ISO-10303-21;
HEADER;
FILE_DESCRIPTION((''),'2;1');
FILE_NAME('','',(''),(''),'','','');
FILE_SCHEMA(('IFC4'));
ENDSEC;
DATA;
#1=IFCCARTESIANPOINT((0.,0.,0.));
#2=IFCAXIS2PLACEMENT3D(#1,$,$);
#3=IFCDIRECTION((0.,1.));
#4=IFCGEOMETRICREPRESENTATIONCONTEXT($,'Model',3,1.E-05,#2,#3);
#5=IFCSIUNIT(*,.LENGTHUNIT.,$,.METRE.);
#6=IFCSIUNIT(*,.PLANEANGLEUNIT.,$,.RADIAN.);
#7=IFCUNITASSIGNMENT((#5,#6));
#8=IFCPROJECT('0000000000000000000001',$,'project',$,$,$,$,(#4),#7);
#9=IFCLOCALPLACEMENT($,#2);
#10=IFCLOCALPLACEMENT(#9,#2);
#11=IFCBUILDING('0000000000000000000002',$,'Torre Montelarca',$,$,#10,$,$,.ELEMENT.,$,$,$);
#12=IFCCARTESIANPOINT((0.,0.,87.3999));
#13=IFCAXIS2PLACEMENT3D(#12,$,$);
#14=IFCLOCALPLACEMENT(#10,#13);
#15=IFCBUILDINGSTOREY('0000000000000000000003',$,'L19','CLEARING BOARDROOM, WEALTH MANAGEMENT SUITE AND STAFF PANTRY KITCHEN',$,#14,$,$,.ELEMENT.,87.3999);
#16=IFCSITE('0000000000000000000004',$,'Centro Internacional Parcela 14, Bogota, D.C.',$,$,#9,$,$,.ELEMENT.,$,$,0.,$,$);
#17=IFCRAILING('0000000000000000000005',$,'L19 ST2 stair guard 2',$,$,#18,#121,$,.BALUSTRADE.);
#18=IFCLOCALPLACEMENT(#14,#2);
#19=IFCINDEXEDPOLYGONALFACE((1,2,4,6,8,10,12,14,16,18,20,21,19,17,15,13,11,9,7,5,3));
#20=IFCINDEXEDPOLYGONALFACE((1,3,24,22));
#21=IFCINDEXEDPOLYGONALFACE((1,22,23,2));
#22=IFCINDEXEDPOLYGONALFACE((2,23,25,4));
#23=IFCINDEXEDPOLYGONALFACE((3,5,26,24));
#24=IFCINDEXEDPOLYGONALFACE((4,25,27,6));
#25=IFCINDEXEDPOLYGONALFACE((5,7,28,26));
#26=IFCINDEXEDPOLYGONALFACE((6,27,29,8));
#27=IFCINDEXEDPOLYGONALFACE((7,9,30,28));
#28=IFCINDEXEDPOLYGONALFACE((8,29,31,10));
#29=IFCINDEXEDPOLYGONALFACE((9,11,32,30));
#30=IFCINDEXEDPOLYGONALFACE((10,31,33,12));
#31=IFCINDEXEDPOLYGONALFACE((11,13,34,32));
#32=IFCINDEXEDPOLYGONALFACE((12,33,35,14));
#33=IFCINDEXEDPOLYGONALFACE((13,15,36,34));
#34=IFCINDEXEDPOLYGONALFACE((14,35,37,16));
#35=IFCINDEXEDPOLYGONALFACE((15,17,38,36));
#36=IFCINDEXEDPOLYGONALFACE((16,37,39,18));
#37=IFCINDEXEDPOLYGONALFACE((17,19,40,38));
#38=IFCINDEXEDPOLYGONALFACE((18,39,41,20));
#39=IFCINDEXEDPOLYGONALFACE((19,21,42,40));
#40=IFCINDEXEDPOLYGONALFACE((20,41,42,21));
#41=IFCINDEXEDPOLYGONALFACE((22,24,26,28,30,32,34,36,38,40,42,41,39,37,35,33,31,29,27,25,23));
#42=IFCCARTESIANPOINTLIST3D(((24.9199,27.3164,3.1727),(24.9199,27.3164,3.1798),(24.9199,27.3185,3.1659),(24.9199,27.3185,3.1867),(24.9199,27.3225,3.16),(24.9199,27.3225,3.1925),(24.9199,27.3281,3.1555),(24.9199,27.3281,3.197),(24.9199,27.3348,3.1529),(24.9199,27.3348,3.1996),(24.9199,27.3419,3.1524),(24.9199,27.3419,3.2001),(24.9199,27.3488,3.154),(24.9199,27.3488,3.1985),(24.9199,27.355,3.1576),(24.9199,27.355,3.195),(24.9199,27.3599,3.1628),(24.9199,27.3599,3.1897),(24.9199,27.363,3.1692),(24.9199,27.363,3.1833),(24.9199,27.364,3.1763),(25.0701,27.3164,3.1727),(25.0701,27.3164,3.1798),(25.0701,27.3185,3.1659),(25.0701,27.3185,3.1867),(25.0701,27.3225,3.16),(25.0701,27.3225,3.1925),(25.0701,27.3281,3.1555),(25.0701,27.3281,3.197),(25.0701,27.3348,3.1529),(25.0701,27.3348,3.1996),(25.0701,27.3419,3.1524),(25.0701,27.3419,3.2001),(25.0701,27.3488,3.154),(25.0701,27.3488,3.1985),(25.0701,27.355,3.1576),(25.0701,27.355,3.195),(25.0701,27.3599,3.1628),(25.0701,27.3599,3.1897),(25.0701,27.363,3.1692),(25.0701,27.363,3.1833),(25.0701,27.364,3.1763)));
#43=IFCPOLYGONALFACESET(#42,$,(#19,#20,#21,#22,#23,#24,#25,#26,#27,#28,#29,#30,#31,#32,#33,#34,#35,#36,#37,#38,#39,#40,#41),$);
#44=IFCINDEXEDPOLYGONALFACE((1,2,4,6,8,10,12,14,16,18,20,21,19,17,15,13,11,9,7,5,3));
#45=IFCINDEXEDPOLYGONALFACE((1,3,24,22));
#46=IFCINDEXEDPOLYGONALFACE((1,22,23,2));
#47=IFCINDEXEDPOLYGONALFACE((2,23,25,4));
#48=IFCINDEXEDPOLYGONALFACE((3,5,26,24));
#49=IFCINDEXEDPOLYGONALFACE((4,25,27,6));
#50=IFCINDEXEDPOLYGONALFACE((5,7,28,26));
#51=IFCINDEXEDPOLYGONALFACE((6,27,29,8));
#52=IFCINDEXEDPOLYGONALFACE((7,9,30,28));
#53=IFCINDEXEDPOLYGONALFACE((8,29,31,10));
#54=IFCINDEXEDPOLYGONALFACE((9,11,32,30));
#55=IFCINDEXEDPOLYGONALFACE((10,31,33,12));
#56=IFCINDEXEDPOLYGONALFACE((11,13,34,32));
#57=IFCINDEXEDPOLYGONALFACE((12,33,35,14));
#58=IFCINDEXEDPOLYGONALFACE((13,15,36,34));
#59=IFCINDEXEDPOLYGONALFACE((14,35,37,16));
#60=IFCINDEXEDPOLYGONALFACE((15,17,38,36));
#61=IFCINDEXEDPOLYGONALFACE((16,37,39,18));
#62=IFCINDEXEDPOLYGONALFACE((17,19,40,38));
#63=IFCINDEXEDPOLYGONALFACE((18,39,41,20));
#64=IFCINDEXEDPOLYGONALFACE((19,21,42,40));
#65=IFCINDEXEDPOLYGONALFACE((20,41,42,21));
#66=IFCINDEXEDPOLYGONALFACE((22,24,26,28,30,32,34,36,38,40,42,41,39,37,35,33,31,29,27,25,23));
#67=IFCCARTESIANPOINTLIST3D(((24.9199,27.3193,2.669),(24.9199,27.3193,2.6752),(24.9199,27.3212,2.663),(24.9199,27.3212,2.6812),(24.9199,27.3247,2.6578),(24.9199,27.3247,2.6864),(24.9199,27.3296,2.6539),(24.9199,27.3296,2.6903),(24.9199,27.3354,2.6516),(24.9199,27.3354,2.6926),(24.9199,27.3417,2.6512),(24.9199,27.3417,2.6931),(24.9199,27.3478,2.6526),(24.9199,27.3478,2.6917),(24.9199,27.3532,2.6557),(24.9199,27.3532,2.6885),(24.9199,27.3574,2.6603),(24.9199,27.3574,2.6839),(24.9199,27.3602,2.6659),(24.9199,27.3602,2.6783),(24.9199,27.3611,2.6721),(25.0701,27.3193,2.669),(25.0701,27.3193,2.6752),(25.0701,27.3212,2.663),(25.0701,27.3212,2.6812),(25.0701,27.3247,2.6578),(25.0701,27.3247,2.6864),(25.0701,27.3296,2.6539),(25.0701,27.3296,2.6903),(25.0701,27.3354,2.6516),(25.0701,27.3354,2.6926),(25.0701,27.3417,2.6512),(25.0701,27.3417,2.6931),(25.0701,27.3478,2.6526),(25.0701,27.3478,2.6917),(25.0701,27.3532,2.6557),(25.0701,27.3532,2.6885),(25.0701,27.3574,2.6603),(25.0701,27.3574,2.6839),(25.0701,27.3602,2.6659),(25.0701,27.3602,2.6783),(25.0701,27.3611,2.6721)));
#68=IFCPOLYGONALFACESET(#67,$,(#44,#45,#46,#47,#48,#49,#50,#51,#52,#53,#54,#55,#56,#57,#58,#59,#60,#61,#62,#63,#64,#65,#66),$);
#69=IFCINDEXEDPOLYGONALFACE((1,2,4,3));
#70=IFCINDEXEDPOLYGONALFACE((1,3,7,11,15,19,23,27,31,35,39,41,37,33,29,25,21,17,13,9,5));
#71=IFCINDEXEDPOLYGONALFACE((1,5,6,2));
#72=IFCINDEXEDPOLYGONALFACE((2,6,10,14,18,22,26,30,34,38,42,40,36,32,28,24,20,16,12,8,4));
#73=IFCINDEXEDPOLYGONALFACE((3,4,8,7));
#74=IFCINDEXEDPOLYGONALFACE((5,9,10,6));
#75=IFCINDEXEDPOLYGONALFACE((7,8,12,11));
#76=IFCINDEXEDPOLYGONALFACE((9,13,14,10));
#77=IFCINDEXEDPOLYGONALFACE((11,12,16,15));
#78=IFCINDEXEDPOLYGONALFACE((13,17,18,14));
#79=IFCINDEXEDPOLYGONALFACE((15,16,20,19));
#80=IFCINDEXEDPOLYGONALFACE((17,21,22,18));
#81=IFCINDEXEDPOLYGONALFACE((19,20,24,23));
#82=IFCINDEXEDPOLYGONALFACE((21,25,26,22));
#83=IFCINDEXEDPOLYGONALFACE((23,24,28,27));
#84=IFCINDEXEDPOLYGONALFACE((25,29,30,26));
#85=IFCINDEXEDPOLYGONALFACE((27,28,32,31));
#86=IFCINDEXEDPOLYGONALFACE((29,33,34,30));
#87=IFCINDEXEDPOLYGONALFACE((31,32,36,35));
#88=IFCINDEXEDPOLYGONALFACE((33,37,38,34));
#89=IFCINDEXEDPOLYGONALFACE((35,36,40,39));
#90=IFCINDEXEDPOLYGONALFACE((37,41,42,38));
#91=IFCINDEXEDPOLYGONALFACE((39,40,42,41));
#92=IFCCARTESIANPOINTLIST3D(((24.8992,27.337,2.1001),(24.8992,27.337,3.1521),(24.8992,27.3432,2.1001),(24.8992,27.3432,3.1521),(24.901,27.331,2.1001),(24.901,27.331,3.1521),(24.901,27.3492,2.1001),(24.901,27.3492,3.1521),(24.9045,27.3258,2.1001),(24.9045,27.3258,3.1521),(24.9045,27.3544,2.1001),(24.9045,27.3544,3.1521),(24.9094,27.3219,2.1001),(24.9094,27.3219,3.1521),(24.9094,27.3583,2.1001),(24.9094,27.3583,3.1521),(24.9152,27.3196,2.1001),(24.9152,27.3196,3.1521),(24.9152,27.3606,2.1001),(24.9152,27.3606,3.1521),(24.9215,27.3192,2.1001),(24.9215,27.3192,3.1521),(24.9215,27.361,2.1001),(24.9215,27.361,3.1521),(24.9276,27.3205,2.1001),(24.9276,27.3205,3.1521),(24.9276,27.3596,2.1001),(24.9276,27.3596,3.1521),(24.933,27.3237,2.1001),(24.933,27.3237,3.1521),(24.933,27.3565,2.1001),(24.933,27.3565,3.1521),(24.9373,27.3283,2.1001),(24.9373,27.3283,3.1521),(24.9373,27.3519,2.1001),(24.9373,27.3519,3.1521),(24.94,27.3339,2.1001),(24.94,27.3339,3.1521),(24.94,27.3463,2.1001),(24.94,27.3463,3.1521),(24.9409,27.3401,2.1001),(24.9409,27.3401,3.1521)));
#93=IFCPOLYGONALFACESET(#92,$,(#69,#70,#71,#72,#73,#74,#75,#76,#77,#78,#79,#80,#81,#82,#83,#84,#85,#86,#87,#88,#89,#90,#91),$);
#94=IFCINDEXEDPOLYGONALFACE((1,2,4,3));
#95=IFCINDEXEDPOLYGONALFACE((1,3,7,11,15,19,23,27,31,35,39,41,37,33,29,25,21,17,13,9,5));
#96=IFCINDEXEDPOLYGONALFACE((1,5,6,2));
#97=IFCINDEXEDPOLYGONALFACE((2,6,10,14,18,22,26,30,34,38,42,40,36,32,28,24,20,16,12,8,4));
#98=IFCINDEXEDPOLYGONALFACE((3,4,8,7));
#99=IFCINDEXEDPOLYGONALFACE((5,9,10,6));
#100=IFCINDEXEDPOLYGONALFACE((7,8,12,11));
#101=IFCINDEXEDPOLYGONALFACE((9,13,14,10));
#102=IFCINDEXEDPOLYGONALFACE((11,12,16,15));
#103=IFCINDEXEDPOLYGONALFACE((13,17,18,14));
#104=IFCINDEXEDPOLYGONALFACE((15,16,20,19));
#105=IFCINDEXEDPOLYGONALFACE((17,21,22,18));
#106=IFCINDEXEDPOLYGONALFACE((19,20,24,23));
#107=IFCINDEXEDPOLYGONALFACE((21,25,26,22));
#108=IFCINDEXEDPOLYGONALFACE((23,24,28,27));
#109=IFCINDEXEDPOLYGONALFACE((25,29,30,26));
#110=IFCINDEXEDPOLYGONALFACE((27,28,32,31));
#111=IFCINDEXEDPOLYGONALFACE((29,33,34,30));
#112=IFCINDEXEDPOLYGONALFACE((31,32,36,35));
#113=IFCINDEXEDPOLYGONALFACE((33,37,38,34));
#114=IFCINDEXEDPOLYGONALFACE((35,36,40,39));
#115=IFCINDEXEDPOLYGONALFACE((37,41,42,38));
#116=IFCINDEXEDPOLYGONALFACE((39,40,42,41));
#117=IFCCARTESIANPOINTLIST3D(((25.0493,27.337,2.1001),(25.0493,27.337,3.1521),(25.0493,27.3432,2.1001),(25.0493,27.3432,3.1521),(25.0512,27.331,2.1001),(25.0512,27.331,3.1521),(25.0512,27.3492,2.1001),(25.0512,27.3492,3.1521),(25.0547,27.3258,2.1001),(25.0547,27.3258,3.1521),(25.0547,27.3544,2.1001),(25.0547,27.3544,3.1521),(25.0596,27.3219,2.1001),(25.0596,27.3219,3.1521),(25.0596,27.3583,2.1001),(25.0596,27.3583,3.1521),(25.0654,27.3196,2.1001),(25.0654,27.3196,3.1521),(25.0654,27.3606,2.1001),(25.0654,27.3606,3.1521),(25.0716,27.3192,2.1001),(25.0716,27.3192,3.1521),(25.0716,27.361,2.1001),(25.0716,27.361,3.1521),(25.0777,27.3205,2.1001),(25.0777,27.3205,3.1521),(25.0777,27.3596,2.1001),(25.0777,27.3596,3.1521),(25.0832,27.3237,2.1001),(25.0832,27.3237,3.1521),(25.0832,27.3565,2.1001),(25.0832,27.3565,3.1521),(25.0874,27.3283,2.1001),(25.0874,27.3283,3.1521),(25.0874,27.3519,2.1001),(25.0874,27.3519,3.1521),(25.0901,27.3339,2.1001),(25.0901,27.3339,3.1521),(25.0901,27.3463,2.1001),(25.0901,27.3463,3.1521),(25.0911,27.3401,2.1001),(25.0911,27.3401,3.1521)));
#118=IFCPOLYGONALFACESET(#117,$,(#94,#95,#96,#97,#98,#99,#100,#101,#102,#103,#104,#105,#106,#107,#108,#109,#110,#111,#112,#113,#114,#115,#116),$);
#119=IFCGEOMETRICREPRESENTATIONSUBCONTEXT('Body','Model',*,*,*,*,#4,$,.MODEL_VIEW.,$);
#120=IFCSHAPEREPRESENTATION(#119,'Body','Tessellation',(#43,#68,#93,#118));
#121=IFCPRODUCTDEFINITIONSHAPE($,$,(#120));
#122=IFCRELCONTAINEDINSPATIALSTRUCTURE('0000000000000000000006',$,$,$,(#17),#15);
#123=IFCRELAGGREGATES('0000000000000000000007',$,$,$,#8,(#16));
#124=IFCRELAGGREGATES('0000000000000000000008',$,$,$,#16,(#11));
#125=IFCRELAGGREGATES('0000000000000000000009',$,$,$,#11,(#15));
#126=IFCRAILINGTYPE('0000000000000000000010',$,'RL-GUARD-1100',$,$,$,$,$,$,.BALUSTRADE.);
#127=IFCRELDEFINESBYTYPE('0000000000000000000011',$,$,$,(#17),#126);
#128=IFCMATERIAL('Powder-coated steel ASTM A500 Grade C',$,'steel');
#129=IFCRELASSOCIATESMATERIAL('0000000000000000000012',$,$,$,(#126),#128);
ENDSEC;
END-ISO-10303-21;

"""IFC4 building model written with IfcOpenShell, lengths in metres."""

from ifc_helpers import new_model, si_unit, direction, frame, origin, origin_2d, place, context, subcontext, project, spatial, circle, extrude, material, type_object, element, save


model = new_model("IFC4")

# Units and contexts
model_context = context("Model", 3, precision=1e-05, world=origin(), true_north=direction((0.0, 1.0)))
body_context = subcontext(model_context, "Body", "Model", "MODEL_VIEW")
ifc_project = project(units=[si_unit("LENGTHUNIT", "METRE"), si_unit("PLANEANGLEUNIT", "RADIAN")], contexts=[model_context])

# Site, building, storey
site_placement = place(None, origin())
site = spatial("IfcSite", under=ifc_project, at=site_placement, Name="Centro Internacional Parcela 14, Bogota, D.C.", CompositionType="ELEMENT", RefElevation=0.0)
building_placement = place(site_placement, origin())
building = spatial("IfcBuilding", under=site, at=building_placement, Name="Torre Montelarca", CompositionType="ELEMENT")
storey_placement = place(building_placement, frame((0.0, 0.0, 87.3999)))
storey = spatial("IfcBuildingStorey", under=building, at=storey_placement, Name="L19", Description="CLEARING BOARDROOM, WEALTH MANAGEMENT SUITE AND STAFF PANTRY KITCHEN", CompositionType="ELEMENT", Elevation=87.3999)

# Railing
ifc_material_1 = material(Name="Powder-coated steel ASTM A500 Grade C", Category="steel")
railing_type_1 = type_object("IfcRailingType", Name="RL-GUARD-1100", PredefinedType="BALUSTRADE", material=ifc_material_1)
railing_1_placement = place(storey_placement, frame((24.9199, 27.3401, 2.1001)))
element("IfcRailing", 1, at=railing_1_placement, inside=storey, type_object=railing_type_1, Name="L19 ST2 stair guard 2", PredefinedType="BALUSTRADE", context=body_context, shape_type="SweptSolid", body=[
    extrude(circle(Radius=0.0239, at=origin_2d()), frame((0.0, 0.0, 1.0762), z_axis=(1.0, 0.0, 0.0), x_axis=(0.0, 1.0, 0.0)), (0.0, 0.0, 1.0), 0.1501),
    extrude(circle(Radius=0.021, at=origin_2d()), frame((0.0, 0.0, 0.572), z_axis=(1.0, 0.0, 0.0), x_axis=(0.0, 1.0, 0.0)), (0.0, 0.0, 1.0), 0.1501),
    extrude(circle(Radius=0.021, at=origin_2d()), origin(), (0.0, 0.0, 1.0), 1.052),
    extrude(circle(Radius=0.021, at=origin_2d()), frame((0.1501, 0.0, 0.0)), (0.0, 0.0, 1.0), 1.052),
])

save(model, "model.ifc")
